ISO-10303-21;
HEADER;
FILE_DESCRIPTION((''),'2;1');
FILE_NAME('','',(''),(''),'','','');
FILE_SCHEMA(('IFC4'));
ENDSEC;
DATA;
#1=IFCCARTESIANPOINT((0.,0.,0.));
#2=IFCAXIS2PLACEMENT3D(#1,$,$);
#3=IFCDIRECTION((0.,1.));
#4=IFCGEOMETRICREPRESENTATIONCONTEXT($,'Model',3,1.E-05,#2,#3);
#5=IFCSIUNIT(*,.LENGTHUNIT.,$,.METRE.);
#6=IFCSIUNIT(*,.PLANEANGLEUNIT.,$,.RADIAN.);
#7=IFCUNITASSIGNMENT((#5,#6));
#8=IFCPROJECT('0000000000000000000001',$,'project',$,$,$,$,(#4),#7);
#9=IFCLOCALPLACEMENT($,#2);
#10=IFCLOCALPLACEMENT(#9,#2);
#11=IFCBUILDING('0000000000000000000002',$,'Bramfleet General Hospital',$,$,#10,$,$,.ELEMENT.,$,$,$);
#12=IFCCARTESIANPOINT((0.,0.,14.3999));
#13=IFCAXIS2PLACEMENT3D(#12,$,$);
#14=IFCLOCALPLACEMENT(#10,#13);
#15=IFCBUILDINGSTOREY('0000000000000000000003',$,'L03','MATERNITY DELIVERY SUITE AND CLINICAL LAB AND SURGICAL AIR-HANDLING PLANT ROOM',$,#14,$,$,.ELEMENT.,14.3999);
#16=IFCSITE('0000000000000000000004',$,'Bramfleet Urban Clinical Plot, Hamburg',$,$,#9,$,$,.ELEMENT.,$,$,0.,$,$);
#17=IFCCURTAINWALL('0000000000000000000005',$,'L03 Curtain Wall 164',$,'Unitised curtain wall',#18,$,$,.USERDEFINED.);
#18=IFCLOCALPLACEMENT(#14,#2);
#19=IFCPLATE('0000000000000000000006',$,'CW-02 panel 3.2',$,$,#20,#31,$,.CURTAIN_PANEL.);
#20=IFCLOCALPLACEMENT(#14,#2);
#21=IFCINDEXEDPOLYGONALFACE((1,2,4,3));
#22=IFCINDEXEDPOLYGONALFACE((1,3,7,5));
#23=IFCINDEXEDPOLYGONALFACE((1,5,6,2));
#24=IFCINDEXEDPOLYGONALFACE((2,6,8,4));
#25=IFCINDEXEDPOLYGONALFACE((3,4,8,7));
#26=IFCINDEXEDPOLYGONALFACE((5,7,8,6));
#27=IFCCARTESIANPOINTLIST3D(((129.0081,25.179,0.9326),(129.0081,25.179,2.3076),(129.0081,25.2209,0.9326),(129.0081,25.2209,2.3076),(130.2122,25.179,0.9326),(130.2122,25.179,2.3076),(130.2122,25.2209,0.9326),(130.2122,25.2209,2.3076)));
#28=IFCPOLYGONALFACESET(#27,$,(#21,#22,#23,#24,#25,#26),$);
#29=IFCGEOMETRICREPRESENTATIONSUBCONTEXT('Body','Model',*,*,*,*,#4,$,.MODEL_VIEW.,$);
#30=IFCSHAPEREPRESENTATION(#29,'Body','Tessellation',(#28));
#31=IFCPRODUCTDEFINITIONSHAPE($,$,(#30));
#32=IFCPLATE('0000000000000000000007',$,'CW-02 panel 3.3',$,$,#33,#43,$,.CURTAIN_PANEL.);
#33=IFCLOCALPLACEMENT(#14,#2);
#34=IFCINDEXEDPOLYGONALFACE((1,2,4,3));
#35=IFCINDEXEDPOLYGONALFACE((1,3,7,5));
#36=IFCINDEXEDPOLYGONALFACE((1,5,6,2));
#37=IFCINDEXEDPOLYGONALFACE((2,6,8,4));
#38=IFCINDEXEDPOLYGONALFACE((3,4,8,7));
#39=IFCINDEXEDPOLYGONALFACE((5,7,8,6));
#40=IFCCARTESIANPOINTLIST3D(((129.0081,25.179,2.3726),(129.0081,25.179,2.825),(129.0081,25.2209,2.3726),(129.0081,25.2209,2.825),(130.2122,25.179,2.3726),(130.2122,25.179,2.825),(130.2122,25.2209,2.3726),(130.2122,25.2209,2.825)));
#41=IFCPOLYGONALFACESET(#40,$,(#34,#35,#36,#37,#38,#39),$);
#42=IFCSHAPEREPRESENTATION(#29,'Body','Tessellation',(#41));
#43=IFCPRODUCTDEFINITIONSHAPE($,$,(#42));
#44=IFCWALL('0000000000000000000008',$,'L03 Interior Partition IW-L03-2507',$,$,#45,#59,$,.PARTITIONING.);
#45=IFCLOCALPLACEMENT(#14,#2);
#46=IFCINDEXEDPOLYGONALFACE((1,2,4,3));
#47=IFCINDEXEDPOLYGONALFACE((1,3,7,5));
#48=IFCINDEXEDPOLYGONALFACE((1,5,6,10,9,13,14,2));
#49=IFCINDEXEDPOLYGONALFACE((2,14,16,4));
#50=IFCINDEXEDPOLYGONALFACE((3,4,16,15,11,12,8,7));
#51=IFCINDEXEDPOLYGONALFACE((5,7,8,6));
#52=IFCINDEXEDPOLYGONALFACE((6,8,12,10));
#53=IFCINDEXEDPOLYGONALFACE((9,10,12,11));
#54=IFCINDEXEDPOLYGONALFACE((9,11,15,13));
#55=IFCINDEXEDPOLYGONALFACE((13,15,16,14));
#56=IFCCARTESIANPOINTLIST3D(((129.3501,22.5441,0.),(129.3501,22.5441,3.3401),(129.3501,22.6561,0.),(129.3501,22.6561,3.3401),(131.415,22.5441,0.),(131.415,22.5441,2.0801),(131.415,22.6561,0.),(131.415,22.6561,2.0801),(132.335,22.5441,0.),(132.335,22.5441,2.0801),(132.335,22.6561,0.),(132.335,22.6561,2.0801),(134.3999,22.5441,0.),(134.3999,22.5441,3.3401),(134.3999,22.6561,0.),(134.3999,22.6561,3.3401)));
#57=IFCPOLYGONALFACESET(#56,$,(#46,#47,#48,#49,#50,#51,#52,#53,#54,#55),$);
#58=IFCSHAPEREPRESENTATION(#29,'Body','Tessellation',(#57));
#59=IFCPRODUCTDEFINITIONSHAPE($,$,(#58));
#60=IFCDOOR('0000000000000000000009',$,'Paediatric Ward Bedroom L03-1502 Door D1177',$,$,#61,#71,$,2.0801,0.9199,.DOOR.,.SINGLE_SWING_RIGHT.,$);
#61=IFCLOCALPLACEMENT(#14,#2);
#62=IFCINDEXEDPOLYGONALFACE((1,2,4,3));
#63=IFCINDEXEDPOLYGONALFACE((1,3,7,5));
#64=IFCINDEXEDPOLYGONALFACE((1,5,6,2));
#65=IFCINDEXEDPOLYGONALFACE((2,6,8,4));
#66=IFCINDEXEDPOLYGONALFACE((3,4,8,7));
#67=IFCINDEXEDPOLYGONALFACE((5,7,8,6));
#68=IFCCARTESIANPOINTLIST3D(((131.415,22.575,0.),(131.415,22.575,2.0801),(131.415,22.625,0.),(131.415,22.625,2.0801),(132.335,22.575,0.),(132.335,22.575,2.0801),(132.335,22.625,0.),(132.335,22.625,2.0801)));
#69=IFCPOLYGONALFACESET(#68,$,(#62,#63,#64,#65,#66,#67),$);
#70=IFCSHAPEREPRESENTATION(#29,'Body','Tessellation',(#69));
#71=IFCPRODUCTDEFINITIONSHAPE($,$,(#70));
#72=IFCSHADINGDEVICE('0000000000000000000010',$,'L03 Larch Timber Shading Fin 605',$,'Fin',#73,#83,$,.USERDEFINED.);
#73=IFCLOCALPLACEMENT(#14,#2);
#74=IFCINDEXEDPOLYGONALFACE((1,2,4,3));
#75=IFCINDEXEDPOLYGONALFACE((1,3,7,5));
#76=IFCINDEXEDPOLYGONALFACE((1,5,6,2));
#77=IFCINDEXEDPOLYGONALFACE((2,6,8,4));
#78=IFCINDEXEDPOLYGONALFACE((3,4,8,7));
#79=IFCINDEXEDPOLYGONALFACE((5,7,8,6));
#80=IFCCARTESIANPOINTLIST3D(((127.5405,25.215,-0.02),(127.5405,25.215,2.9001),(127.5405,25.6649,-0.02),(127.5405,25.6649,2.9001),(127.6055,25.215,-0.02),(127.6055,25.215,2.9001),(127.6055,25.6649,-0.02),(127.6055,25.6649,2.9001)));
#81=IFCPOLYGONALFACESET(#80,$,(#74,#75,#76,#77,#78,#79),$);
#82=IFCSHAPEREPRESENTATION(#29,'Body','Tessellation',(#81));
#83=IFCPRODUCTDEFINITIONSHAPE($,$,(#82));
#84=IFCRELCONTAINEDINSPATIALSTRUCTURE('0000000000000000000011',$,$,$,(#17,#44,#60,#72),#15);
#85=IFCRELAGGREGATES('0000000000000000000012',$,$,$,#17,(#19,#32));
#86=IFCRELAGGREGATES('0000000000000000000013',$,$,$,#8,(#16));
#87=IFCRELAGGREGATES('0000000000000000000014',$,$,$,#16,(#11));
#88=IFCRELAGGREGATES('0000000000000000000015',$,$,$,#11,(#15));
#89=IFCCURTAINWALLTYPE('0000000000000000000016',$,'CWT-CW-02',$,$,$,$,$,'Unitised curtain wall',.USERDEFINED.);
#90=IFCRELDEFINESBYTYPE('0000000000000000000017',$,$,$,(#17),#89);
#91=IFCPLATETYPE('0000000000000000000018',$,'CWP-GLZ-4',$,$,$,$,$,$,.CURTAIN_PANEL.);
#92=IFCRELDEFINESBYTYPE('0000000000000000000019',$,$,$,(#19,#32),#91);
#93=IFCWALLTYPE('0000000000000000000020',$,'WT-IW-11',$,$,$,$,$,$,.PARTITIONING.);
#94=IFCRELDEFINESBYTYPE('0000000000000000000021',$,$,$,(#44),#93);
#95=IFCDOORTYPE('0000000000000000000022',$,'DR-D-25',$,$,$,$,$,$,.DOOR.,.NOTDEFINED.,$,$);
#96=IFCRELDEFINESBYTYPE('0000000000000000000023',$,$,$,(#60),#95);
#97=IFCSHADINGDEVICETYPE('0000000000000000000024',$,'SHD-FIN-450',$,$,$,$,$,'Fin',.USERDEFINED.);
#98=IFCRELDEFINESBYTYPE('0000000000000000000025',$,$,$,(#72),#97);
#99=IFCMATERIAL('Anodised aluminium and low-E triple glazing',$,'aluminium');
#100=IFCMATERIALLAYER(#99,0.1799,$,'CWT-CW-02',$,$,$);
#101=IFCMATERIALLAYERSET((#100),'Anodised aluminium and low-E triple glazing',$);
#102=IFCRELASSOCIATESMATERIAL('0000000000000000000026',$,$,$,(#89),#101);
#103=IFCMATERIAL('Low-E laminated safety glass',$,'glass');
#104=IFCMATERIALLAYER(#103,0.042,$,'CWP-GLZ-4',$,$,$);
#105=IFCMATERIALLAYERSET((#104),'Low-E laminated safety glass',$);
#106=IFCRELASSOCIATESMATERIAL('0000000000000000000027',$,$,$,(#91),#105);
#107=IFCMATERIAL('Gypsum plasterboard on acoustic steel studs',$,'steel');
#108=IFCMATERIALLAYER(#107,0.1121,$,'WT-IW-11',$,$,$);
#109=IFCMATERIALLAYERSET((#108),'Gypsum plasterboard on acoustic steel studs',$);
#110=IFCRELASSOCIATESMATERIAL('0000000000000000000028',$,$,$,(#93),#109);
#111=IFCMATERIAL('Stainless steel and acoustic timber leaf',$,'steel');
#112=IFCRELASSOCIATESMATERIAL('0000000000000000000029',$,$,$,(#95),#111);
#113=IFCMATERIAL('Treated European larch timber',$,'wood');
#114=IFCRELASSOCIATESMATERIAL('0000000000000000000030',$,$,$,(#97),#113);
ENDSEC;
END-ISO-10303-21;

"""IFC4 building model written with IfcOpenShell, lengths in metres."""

from ifc_helpers import new_model, si_unit, direction, frame, frame_2d, origin, origin_2d, place, context, subcontext, project, spatial, rectangle, extrude, material, layer, layer_set, material_profile, profile_set, type_object, element, fill, aggregate, save


model = new_model("IFC4")

# Units and contexts
model_context = context("Model", 3, precision=1e-05, world=origin(), true_north=direction((0.0, 1.0)))
body_context = subcontext(model_context, "Body", "Model", "MODEL_VIEW")
ifc_project = project(units=[si_unit("LENGTHUNIT", "METRE"), si_unit("PLANEANGLEUNIT", "RADIAN")], contexts=[model_context])

# Site, building, storey
site_placement = place(None, origin())
site = spatial("IfcSite", under=ifc_project, at=site_placement, Name="Bramfleet Urban Clinical Plot, Hamburg", CompositionType="ELEMENT", RefElevation=0.0)
building_placement = place(site_placement, origin())
building = spatial("IfcBuilding", under=site, at=building_placement, Name="Bramfleet General Hospital", CompositionType="ELEMENT")
storey_placement = place(building_placement, frame((0.0, 0.0, 14.3999)))
storey = spatial("IfcBuildingStorey", under=building, at=storey_placement, Name="L03", Description="MATERNITY DELIVERY SUITE AND CLINICAL LAB AND SURGICAL AIR-HANDLING PLANT ROOM", CompositionType="ELEMENT", Elevation=14.3999)

# Curtain wall, plates
ifc_material_1 = material(Name="Anodised aluminium and low-E triple glazing", Category="aluminium")
ifc_layer_1 = layer(ifc_material_1, 0.1799, Name="CWT-CW-02")
ifc_layer_set_1 = layer_set([ifc_layer_1], Name="Anodised aluminium and low-E triple glazing")
curtain_wall_type = type_object("IfcCurtainWallType", Name="CWT-CW-02", ElementType="Unitised curtain wall", PredefinedType="USERDEFINED", material=ifc_layer_set_1)
curtain_wall_placement = place(storey_placement, origin())
curtain_wall = element("IfcCurtainWall", 1, at=curtain_wall_placement, inside=storey, type_object=curtain_wall_type, Name="L03 Curtain Wall 164", ObjectType="Unitised curtain wall", PredefinedType="USERDEFINED")
ifc_material_2 = material(Name="Low-E laminated safety glass", Category="glass")
ifc_layer_2 = layer(ifc_material_2, 0.042, Name="CWP-GLZ-4")
ifc_layer_set_2 = layer_set([ifc_layer_2], Name="Low-E laminated safety glass")
plate_type = type_object("IfcPlateType", Name="CWP-GLZ-4", PredefinedType="CURTAIN_PANEL", material=ifc_layer_set_2)
plate_1_placement = place(storey_placement, frame((129.6101, 25.2, 0.9326), z_axis=(0.0, 0.0, 1.0), x_axis=(1.0, 0.0, 0.0)))
plate_1 = element("IfcPlate", 2, at=plate_1_placement, type_object=plate_type, Name="CW-02 panel 3.2", PredefinedType="CURTAIN_PANEL", context=body_context, shape_type="SweptSolid", body=[
    extrude(rectangle(XDim=1.2041, YDim=0.042, at=origin_2d()), origin(), (0.0, 0.0, 1.0), 1.375),
])
plate_2_placement = place(storey_placement, frame((129.6101, 25.2, 2.3726), z_axis=(0.0, 0.0, 1.0), x_axis=(1.0, 0.0, 0.0)))
plate_2 = element("IfcPlate", 3, at=plate_2_placement, type_object=plate_type, Name="CW-02 panel 3.3", PredefinedType="CURTAIN_PANEL", context=body_context, shape_type="SweptSolid", body=[
    extrude(rectangle(XDim=1.2041, YDim=0.042, at=origin_2d()), origin(), (0.0, 0.0, 1.0), 0.4524),
])
aggregate(curtain_wall, [plate_1, plate_2])

# Wall, opening, door
ifc_material_3 = material(Name="Gypsum plasterboard on acoustic steel studs", Category="steel")
ifc_layer_3 = layer(ifc_material_3, 0.1121, Name="WT-IW-11")
ifc_layer_set_3 = layer_set([ifc_layer_3], Name="Gypsum plasterboard on acoustic steel studs")
wall_type = type_object("IfcWallType", Name="WT-IW-11", PredefinedType="PARTITIONING", material=ifc_layer_set_3)
wall_placement = place(storey_placement, frame((129.3501, 22.6001, 0.0), z_axis=(0.0, 0.0, 1.0), x_axis=(1.0, 0.0, 0.0)))
wall = element("IfcWall", 4, at=wall_placement, inside=storey, type_object=wall_type, Name="L03 Interior Partition IW-L03-2507", PredefinedType="PARTITIONING", context=body_context, shape_type="SweptSolid", body=[
    extrude(rectangle(XDim=5.0498, YDim=0.1121, at=frame_2d((2.5249, 0.0))), origin(), (0.0, 0.0, 1.0), 3.3401),
])
opening_placement = place(wall_placement, frame((2.0649, 0.0, 0.0)))
opening = element("IfcOpeningElement", 5, at=opening_placement, cuts=wall, PredefinedType="OPENING", context=body_context, shape_type="SweptSolid", body=[
    extrude(rectangle(XDim=0.9199, YDim=2.0801, at=frame_2d((0.46, 1.04))), frame((0.0, 0.0659, 0.0), z_axis=(0.0, -1.0, 0.0), x_axis=(1.0, 0.0, 0.0)), (0.0, 0.0, 1.0), 0.1321),
])
ifc_material_4 = material(Name="Stainless steel and acoustic timber leaf", Category="steel")
door_type = type_object("IfcDoorType", Name="DR-D-25", OperationType="NOTDEFINED", PredefinedType="DOOR", material=ifc_material_4)
door_placement = place(opening_placement, origin())
door = element("IfcDoor", 6, at=door_placement, inside=storey, type_object=door_type, Name="Paediatric Ward Bedroom L03-1502 Door D1177", OperationType="SINGLE_SWING_RIGHT", OverallHeight=2.0801, OverallWidth=0.9199, PredefinedType="DOOR", context=body_context, shape_type="SweptSolid", body=[
    extrude(rectangle(XDim=0.9199, YDim=2.0801, at=frame_2d((0.46, 1.04))), frame((0.0, 0.0249, 0.0), z_axis=(0.0, -1.0, 0.0), x_axis=(1.0, 0.0, 0.0)), (0.0, 0.0, 1.0), 0.05),
])
fill(opening, door)

# Shading device
ifc_material_5 = material(Name="Treated European larch timber", Category="wood")
ifc_material_profile_1 = material_profile(ifc_material_5, rectangle(XDim=0.0649, YDim=0.45, at=origin_2d()), Name="LARCH FIN 450x65")
ifc_profile_set_1 = profile_set([ifc_material_profile_1], Name="Treated European larch timber")
shading_device_type = type_object("IfcShadingDeviceType", Name="SHD-FIN-450", ElementType="Fin", PredefinedType="USERDEFINED", material=ifc_profile_set_1)
shading_device_placement = place(storey_placement, frame((127.573, 25.4399, -0.02), z_axis=(0.0, 0.0, 1.0), x_axis=(1.0, 0.0, 0.0)))
element("IfcShadingDevice", 7, at=shading_device_placement, inside=storey, type_object=shading_device_type, Name="L03 Larch Timber Shading Fin 605", ObjectType="Fin", PredefinedType="USERDEFINED", context=body_context, shape_type="SweptSolid", body=[
    extrude(rectangle(XDim=0.0649, YDim=0.45, at=origin_2d()), origin(), (0.0, 0.0, 1.0), 2.9202),
])

save(model, "model.ifc")
